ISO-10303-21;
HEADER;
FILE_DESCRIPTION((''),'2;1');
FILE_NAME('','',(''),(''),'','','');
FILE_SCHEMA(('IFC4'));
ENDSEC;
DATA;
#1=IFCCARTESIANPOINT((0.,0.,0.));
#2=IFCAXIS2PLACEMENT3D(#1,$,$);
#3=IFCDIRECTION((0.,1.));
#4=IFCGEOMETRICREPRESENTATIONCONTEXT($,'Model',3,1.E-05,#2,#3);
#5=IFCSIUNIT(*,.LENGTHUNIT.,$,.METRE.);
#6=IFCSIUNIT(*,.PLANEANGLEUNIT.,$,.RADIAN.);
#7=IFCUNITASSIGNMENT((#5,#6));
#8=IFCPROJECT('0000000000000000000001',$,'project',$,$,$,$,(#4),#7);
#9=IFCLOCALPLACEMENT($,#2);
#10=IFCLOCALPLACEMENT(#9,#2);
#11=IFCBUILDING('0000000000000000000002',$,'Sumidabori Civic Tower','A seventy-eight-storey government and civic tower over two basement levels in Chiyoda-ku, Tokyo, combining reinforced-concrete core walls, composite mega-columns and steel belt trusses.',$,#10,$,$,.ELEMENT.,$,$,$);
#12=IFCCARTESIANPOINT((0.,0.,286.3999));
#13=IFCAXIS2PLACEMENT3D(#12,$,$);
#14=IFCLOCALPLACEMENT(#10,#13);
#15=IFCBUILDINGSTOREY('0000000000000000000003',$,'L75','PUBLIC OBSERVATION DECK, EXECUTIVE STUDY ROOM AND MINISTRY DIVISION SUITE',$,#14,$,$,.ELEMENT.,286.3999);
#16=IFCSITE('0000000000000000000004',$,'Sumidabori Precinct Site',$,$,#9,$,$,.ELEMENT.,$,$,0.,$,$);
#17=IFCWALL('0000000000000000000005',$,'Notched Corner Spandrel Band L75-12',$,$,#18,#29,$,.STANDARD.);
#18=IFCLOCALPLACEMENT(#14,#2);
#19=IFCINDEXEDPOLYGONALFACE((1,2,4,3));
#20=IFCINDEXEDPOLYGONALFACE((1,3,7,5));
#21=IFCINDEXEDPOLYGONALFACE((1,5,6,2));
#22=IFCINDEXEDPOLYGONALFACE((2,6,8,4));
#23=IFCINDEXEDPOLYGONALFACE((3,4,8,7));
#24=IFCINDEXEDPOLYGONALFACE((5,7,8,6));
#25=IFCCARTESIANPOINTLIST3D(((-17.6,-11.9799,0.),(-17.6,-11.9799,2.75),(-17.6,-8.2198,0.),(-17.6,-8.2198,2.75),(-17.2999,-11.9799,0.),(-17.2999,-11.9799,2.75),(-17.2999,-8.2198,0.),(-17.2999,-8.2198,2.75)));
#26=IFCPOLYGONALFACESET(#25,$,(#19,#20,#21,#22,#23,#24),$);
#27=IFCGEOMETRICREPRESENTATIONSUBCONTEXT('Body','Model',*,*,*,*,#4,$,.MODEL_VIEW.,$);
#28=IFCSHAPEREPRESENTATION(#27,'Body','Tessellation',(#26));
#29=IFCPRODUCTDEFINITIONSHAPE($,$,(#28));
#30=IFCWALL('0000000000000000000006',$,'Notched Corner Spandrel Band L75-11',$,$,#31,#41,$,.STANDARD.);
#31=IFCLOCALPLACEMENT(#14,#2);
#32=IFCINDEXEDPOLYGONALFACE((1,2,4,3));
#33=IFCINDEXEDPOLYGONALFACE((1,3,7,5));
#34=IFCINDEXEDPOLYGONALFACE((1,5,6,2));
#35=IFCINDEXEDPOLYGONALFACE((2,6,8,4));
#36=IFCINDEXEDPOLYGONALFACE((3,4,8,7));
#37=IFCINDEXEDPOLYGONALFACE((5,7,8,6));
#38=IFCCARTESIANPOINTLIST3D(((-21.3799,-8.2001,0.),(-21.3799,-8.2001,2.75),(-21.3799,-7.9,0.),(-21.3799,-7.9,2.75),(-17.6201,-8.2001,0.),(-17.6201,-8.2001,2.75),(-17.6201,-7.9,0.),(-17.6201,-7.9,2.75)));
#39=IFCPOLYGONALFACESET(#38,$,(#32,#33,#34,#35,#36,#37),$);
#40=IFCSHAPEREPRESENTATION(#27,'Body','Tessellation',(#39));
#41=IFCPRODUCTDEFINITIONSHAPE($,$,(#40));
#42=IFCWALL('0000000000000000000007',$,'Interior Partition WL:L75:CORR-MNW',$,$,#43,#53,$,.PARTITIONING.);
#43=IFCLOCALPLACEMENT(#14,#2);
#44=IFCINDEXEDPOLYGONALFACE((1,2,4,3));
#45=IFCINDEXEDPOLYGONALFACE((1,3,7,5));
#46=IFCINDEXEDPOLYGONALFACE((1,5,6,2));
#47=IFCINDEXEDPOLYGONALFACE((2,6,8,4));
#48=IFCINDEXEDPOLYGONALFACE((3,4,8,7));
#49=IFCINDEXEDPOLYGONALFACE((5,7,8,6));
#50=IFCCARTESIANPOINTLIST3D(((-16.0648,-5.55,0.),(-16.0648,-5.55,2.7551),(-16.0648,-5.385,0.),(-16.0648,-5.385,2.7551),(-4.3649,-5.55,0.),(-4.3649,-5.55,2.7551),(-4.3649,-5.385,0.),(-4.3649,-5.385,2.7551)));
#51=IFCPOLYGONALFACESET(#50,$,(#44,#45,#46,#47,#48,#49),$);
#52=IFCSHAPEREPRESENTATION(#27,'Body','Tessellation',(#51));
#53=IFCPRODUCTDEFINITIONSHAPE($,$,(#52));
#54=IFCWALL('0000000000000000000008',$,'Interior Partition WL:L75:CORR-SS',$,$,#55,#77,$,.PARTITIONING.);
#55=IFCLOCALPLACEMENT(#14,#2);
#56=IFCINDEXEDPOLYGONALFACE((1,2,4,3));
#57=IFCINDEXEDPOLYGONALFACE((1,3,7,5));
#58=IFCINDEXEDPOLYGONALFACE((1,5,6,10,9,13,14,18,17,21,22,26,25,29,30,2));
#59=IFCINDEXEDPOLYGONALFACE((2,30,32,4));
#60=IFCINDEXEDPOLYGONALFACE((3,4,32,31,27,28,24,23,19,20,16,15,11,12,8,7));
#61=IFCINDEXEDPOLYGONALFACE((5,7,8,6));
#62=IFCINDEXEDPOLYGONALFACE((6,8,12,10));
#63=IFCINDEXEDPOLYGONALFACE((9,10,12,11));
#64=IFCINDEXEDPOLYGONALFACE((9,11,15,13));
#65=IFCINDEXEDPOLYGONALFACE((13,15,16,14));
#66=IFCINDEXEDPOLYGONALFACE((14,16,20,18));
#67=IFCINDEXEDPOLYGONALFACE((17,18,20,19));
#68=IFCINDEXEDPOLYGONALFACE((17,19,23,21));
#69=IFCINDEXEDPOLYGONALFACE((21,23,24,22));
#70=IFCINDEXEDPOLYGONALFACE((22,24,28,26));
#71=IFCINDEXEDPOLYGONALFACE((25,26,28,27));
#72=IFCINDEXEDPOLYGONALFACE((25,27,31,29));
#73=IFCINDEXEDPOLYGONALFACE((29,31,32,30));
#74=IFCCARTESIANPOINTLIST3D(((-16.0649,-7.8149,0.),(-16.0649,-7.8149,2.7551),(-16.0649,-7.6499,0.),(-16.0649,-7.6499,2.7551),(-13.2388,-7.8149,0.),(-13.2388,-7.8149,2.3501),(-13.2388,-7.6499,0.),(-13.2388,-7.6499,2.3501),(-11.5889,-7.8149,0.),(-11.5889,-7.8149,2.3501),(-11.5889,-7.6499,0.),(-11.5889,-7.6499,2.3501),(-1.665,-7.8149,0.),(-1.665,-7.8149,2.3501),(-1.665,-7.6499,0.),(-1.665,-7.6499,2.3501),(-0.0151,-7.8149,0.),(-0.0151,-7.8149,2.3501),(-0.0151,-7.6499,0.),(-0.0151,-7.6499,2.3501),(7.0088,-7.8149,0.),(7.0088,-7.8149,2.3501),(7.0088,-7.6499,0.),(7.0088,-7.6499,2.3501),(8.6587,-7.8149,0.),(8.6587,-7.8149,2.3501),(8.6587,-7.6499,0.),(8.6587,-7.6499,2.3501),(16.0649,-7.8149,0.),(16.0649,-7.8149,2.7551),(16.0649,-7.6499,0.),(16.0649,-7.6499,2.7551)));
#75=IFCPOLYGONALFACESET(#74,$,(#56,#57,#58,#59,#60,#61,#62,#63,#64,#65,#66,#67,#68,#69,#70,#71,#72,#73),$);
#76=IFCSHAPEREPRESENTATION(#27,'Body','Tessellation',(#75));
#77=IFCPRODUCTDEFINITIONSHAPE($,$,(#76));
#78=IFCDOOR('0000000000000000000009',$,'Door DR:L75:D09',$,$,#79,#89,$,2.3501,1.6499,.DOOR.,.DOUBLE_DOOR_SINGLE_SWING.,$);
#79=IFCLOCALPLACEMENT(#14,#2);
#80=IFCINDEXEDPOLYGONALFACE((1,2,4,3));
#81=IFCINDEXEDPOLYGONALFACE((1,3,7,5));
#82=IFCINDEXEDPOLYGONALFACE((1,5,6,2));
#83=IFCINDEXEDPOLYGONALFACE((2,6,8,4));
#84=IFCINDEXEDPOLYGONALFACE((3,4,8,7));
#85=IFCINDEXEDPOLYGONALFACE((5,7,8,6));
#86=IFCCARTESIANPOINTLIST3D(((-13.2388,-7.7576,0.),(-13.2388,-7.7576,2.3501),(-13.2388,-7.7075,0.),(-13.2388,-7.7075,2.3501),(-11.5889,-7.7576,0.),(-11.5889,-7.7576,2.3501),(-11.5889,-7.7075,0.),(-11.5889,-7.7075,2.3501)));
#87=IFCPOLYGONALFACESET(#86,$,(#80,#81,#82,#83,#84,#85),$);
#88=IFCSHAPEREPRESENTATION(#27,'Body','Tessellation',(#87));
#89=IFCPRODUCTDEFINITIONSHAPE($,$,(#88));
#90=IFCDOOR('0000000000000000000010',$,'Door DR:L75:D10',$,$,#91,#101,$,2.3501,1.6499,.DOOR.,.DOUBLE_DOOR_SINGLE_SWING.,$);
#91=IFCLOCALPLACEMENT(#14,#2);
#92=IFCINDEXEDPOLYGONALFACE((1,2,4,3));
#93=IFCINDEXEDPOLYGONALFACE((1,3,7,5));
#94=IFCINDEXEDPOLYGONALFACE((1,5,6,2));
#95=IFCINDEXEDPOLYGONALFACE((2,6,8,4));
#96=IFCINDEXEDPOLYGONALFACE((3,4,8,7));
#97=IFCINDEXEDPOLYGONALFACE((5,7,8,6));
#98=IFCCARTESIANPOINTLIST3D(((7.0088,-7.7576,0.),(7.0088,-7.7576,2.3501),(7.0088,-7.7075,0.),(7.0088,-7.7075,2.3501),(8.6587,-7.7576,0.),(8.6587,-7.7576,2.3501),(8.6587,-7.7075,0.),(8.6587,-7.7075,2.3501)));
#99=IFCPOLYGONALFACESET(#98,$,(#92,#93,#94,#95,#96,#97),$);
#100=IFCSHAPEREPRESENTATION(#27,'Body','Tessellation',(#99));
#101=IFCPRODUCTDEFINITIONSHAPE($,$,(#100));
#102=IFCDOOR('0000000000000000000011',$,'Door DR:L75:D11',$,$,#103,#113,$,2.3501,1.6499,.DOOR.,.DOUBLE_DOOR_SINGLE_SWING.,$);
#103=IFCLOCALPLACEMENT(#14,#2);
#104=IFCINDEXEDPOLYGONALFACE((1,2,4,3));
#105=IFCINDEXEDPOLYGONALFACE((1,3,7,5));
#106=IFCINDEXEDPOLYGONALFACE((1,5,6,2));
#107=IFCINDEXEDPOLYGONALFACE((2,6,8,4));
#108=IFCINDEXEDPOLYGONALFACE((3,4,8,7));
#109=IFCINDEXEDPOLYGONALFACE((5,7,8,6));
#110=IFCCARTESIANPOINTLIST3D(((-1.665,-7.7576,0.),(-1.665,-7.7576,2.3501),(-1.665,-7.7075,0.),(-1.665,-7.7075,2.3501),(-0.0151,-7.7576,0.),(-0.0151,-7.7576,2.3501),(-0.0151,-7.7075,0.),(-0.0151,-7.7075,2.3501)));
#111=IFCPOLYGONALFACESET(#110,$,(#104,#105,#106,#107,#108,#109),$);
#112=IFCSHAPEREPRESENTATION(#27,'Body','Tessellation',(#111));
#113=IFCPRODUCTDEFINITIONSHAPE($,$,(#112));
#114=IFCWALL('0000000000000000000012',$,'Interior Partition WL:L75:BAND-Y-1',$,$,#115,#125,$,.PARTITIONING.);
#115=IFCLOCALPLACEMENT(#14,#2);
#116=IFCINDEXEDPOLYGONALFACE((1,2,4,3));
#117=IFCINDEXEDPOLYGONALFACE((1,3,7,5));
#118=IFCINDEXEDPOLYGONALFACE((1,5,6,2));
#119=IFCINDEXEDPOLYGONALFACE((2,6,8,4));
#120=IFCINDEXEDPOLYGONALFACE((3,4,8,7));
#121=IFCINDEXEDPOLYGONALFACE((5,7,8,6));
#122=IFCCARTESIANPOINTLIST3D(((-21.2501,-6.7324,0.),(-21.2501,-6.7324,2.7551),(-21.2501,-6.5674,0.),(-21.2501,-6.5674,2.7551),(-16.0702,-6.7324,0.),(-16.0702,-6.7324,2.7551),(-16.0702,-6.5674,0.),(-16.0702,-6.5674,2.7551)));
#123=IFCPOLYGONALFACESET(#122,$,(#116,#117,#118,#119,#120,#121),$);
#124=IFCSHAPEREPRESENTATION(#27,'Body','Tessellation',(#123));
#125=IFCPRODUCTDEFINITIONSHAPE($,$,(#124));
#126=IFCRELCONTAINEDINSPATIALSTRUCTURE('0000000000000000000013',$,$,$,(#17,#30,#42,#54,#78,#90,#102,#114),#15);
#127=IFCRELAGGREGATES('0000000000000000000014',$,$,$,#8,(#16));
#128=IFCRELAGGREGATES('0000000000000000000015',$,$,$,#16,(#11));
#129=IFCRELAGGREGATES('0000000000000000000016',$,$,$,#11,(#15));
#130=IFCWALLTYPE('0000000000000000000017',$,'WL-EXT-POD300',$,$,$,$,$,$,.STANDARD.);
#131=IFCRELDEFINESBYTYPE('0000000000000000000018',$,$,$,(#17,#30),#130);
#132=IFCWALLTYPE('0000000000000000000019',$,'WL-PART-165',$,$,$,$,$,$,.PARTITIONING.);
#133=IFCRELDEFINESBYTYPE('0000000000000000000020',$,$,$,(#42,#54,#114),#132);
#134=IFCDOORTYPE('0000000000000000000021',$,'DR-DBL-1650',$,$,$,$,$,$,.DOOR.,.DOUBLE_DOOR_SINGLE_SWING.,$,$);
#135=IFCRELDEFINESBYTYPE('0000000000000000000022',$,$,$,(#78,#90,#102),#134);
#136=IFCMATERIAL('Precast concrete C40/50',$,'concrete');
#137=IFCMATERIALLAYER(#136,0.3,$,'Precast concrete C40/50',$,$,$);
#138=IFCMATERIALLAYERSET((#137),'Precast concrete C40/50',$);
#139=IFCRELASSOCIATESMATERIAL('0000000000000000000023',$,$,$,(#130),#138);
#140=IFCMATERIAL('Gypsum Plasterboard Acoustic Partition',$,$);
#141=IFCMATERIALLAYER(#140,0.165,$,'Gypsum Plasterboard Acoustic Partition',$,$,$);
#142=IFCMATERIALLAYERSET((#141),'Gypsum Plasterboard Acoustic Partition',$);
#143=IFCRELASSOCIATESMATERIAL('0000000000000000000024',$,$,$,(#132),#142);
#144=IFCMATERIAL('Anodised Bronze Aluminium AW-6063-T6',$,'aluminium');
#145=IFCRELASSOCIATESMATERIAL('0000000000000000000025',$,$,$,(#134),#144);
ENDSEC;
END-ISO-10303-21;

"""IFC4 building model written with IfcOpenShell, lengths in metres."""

from ifc_helpers import new_model, si_unit, direction, frame, frame_2d, origin, place, context, subcontext, project, spatial, rectangle, extrude, source, transform, mapped, material, layer, layer_set, type_object, element, fill, save


model = new_model("IFC4")

# Units and contexts
model_context = context("Model", 3, precision=1e-05, world=origin(), true_north=direction((0.0, 1.0)))
body_context = subcontext(model_context, "Body", "Model", "MODEL_VIEW")
ifc_project = project(units=[si_unit("LENGTHUNIT", "METRE"), si_unit("PLANEANGLEUNIT", "RADIAN")], contexts=[model_context])

# Site, building, storey
site_placement = place(None, origin())
site = spatial("IfcSite", under=ifc_project, at=site_placement, Name="Sumidabori Precinct Site", CompositionType="ELEMENT", RefElevation=0.0)
building_placement = place(site_placement, origin())
building = spatial("IfcBuilding", under=site, at=building_placement, Name="Sumidabori Civic Tower", Description="A seventy-eight-storey government and civic tower over two basement levels in Chiyoda-ku, Tokyo, combining reinforced-concrete core walls, composite mega-columns and steel belt trusses.", CompositionType="ELEMENT")
storey_placement = place(building_placement, frame((0.0, 0.0, 286.3999)))
storey = spatial("IfcBuildingStorey", under=building, at=storey_placement, Name="L75", Description="PUBLIC OBSERVATION DECK, EXECUTIVE STUDY ROOM AND MINISTRY DIVISION SUITE", CompositionType="ELEMENT", Elevation=286.3999)

# Shared definitions
ifc_material_1 = material(Name="Anodised Bronze Aluminium AW-6063-T6", Category="aluminium")

# Walls
ifc_material_2 = material(Name="Precast concrete C40/50", Category="concrete")
ifc_layer_1 = layer(ifc_material_2, 0.3, Name="Precast concrete C40/50")
ifc_layer_set_1 = layer_set([ifc_layer_1], Name="Precast concrete C40/50")
wall_type_1 = type_object("IfcWallType", Name="WL-EXT-POD300", PredefinedType="STANDARD", material=ifc_layer_set_1)
shared_shape_1 = source(origin(), body_context, "Body", "SweptSolid", [
    extrude(rectangle(XDim=3.76, YDim=0.3, at=frame_2d((1.8799, 0.0))), origin(), (0.0, 0.0, 1.0), 2.75),
])
wall_1_placement = place(storey_placement, frame((-17.45, -8.22, 0.0), z_axis=(0.0, 0.0, 1.0), x_axis=(0.0, -1.0, 0.0)))
element("IfcWall", 1, at=wall_1_placement, inside=storey, type_object=wall_type_1, Name="Notched Corner Spandrel Band L75-12", PredefinedType="STANDARD", context=body_context, shape_type="MappedRepresentation", body=[
    mapped(shared_shape_1, transform((0.0, 0.0, 0.0), x_axis=(1.0, 0.0, 0.0), y_axis=(0.0, 1.0, 0.0), z_axis=(0.0, 0.0, 1.0), scale=1.0)),
])
shared_shape_2 = source(origin(), body_context, "Body", "SweptSolid", [
    extrude(rectangle(XDim=3.7598, YDim=0.3, at=frame_2d((1.8799, 0.0))), origin(), (0.0, 0.0, 1.0), 2.75),
])
wall_2_placement = place(storey_placement, frame((-21.3799, -8.05, 0.0), z_axis=(0.0, 0.0, 1.0), x_axis=(1.0, 0.0, 0.0)))
element("IfcWall", 2, at=wall_2_placement, inside=storey, type_object=wall_type_1, Name="Notched Corner Spandrel Band L75-11", PredefinedType="STANDARD", context=body_context, shape_type="MappedRepresentation", body=[
    mapped(shared_shape_2, transform((0.0, 0.0, 0.0), x_axis=(1.0, 0.0, 0.0), y_axis=(0.0, 1.0, 0.0), z_axis=(0.0, 0.0, 1.0), scale=1.0)),
])
ifc_material_3 = material(Name="Gypsum Plasterboard Acoustic Partition")
ifc_layer_2 = layer(ifc_material_3, 0.165, Name="Gypsum Plasterboard Acoustic Partition")
ifc_layer_set_2 = layer_set([ifc_layer_2], Name="Gypsum Plasterboard Acoustic Partition")
wall_type_2 = type_object("IfcWallType", Name="WL-PART-165", PredefinedType="PARTITIONING", material=ifc_layer_set_2)
shared_shape_3 = source(origin(), body_context, "Body", "SweptSolid", [
    extrude(rectangle(XDim=11.7, YDim=0.165, at=frame_2d((5.8501, 0.0))), origin(), (0.0, 0.0, 1.0), 2.7551),
])
wall_3_placement = place(storey_placement, frame((-16.0649, -5.4675, 0.0), z_axis=(0.0, 0.0, 1.0), x_axis=(1.0, 0.0, 0.0)))
element("IfcWall", 3, at=wall_3_placement, inside=storey, type_object=wall_type_2, Name="Interior Partition WL:L75:CORR-MNW", PredefinedType="PARTITIONING", context=body_context, shape_type="MappedRepresentation", body=[
    mapped(shared_shape_3, transform((0.0, 0.0, 0.0), x_axis=(1.0, 0.0, 0.0), y_axis=(0.0, 1.0, 0.0), z_axis=(0.0, 0.0, 1.0), scale=1.0)),
])

# Wall, openings, doors
shared_shape_4 = source(origin(), body_context, "Body", "SweptSolid", [
    extrude(rectangle(XDim=32.1299, YDim=0.165, at=frame_2d((16.0649, 0.0))), origin(), (0.0, 0.0, 1.0), 2.7551),
])
wall_4_placement = place(storey_placement, frame((-16.0649, -7.7324, 0.0), z_axis=(0.0, 0.0, 1.0), x_axis=(1.0, 0.0, 0.0)))
wall_4 = element("IfcWall", 4, at=wall_4_placement, inside=storey, type_object=wall_type_2, Name="Interior Partition WL:L75:CORR-SS", PredefinedType="PARTITIONING", context=body_context, shape_type="MappedRepresentation", body=[
    mapped(shared_shape_4, transform((0.0, 0.0, 0.0), x_axis=(1.0, 0.0, 0.0), y_axis=(0.0, 1.0, 0.0), z_axis=(0.0, 0.0, 1.0), scale=1.0)),
])
opening_1_placement = place(wall_4_placement, frame((2.8262, 0.0, 0.0)))
opening_1 = element("IfcOpeningElement", 5, at=opening_1_placement, cuts=wall_4, PredefinedType="OPENING", context=body_context, shape_type="SweptSolid", body=[
    extrude(rectangle(XDim=1.6499, YDim=2.3501, at=frame_2d((0.825, 1.175))), frame((0.0, 0.0945, 0.0), z_axis=(0.0, -1.0, 0.0), x_axis=(1.0, 0.0, 0.0)), (0.0, 0.0, 1.0), 0.189),
])
opening_2_placement = place(wall_4_placement, frame((23.0737, 0.0, 0.0)))
opening_2 = element("IfcOpeningElement", 6, at=opening_2_placement, cuts=wall_4, PredefinedType="OPENING", context=body_context, shape_type="SweptSolid", body=[
    extrude(rectangle(XDim=1.6499, YDim=2.3501, at=frame_2d((0.825, 1.175))), frame((0.0, 0.0945, 0.0), z_axis=(0.0, -1.0, 0.0), x_axis=(1.0, 0.0, 0.0)), (0.0, 0.0, 1.0), 0.189),
])
opening_3_placement = place(wall_4_placement, frame((14.3999, 0.0, 0.0)))
opening_3 = element("IfcOpeningElement", 7, at=opening_3_placement, cuts=wall_4, PredefinedType="OPENING", context=body_context, shape_type="SweptSolid", body=[
    extrude(rectangle(XDim=1.6499, YDim=2.3501, at=frame_2d((0.825, 1.175))), frame((0.0, 0.0945, 0.0), z_axis=(0.0, -1.0, 0.0), x_axis=(1.0, 0.0, 0.0)), (0.0, 0.0, 1.0), 0.189),
])
door_type = type_object("IfcDoorType", Name="DR-DBL-1650", OperationType="DOUBLE_DOOR_SINGLE_SWING", PredefinedType="DOOR", material=ifc_material_1)
shared_shape_5 = source(origin(), body_context, "Body", "SweptSolid", [
    extrude(rectangle(XDim=1.6499, YDim=2.3501, at=frame_2d((0.825, 1.175))), frame((0.0, 0.0249, 0.0), z_axis=(0.0, -1.0, 0.0), x_axis=(1.0, 0.0, 0.0)), (0.0, 0.0, 1.0), 0.05),
])
door_1_placement = place(opening_1_placement, origin())
door_1 = element("IfcDoor", 8, at=door_1_placement, inside=storey, type_object=door_type, Name="Door DR:L75:D09", OperationType="DOUBLE_DOOR_SINGLE_SWING", OverallHeight=2.3501, OverallWidth=1.6499, PredefinedType="DOOR", context=body_context, shape_type="MappedRepresentation", body=[
    mapped(shared_shape_5, transform((0.0, 0.0, 0.0), x_axis=(1.0, 0.0, 0.0), y_axis=(0.0, 1.0, 0.0), z_axis=(0.0, 0.0, 1.0), scale=1.0)),
])
fill(opening_1, door_1)
door_2_placement = place(opening_2_placement, origin())
door_2 = element("IfcDoor", 9, at=door_2_placement, inside=storey, type_object=door_type, Name="Door DR:L75:D10", OperationType="DOUBLE_DOOR_SINGLE_SWING", OverallHeight=2.3501, OverallWidth=1.6499, PredefinedType="DOOR", context=body_context, shape_type="MappedRepresentation", body=[
    mapped(shared_shape_5, transform((0.0, 0.0, 0.0), x_axis=(1.0, 0.0, 0.0), y_axis=(0.0, 1.0, 0.0), z_axis=(0.0, 0.0, 1.0), scale=1.0)),
])
fill(opening_2, door_2)
door_3_placement = place(opening_3_placement, origin())
door_3 = element("IfcDoor", 10, at=door_3_placement, inside=storey, type_object=door_type, Name="Door DR:L75:D11", OperationType="DOUBLE_DOOR_SINGLE_SWING", OverallHeight=2.3501, OverallWidth=1.6499, PredefinedType="DOOR", context=body_context, shape_type="MappedRepresentation", body=[
    mapped(shared_shape_5, transform((0.0, 0.0, 0.0), x_axis=(1.0, 0.0, 0.0), y_axis=(0.0, 1.0, 0.0), z_axis=(0.0, 0.0, 1.0), scale=1.0)),
])
fill(opening_3, door_3)

# Wall
shared_shape_6 = source(origin(), body_context, "Body", "SweptSolid", [
    extrude(rectangle(XDim=5.1799, YDim=0.165, at=frame_2d((2.5898, 0.0))), origin(), (0.0, 0.0, 1.0), 2.7551),
])
wall_5_placement = place(storey_placement, frame((-21.25, -6.6499, 0.0), z_axis=(0.0, 0.0, 1.0), x_axis=(1.0, 0.0, 0.0)))
element("IfcWall", 11, at=wall_5_placement, inside=storey, type_object=wall_type_2, Name="Interior Partition WL:L75:BAND-Y-1", PredefinedType="PARTITIONING", context=body_context, shape_type="MappedRepresentation", body=[
    mapped(shared_shape_6, transform((0.0, 0.0, 0.0), x_axis=(1.0, 0.0, 0.0), y_axis=(0.0, 1.0, 0.0), z_axis=(0.0, 0.0, 1.0), scale=1.0)),
])

save(model, "model.ifc")
